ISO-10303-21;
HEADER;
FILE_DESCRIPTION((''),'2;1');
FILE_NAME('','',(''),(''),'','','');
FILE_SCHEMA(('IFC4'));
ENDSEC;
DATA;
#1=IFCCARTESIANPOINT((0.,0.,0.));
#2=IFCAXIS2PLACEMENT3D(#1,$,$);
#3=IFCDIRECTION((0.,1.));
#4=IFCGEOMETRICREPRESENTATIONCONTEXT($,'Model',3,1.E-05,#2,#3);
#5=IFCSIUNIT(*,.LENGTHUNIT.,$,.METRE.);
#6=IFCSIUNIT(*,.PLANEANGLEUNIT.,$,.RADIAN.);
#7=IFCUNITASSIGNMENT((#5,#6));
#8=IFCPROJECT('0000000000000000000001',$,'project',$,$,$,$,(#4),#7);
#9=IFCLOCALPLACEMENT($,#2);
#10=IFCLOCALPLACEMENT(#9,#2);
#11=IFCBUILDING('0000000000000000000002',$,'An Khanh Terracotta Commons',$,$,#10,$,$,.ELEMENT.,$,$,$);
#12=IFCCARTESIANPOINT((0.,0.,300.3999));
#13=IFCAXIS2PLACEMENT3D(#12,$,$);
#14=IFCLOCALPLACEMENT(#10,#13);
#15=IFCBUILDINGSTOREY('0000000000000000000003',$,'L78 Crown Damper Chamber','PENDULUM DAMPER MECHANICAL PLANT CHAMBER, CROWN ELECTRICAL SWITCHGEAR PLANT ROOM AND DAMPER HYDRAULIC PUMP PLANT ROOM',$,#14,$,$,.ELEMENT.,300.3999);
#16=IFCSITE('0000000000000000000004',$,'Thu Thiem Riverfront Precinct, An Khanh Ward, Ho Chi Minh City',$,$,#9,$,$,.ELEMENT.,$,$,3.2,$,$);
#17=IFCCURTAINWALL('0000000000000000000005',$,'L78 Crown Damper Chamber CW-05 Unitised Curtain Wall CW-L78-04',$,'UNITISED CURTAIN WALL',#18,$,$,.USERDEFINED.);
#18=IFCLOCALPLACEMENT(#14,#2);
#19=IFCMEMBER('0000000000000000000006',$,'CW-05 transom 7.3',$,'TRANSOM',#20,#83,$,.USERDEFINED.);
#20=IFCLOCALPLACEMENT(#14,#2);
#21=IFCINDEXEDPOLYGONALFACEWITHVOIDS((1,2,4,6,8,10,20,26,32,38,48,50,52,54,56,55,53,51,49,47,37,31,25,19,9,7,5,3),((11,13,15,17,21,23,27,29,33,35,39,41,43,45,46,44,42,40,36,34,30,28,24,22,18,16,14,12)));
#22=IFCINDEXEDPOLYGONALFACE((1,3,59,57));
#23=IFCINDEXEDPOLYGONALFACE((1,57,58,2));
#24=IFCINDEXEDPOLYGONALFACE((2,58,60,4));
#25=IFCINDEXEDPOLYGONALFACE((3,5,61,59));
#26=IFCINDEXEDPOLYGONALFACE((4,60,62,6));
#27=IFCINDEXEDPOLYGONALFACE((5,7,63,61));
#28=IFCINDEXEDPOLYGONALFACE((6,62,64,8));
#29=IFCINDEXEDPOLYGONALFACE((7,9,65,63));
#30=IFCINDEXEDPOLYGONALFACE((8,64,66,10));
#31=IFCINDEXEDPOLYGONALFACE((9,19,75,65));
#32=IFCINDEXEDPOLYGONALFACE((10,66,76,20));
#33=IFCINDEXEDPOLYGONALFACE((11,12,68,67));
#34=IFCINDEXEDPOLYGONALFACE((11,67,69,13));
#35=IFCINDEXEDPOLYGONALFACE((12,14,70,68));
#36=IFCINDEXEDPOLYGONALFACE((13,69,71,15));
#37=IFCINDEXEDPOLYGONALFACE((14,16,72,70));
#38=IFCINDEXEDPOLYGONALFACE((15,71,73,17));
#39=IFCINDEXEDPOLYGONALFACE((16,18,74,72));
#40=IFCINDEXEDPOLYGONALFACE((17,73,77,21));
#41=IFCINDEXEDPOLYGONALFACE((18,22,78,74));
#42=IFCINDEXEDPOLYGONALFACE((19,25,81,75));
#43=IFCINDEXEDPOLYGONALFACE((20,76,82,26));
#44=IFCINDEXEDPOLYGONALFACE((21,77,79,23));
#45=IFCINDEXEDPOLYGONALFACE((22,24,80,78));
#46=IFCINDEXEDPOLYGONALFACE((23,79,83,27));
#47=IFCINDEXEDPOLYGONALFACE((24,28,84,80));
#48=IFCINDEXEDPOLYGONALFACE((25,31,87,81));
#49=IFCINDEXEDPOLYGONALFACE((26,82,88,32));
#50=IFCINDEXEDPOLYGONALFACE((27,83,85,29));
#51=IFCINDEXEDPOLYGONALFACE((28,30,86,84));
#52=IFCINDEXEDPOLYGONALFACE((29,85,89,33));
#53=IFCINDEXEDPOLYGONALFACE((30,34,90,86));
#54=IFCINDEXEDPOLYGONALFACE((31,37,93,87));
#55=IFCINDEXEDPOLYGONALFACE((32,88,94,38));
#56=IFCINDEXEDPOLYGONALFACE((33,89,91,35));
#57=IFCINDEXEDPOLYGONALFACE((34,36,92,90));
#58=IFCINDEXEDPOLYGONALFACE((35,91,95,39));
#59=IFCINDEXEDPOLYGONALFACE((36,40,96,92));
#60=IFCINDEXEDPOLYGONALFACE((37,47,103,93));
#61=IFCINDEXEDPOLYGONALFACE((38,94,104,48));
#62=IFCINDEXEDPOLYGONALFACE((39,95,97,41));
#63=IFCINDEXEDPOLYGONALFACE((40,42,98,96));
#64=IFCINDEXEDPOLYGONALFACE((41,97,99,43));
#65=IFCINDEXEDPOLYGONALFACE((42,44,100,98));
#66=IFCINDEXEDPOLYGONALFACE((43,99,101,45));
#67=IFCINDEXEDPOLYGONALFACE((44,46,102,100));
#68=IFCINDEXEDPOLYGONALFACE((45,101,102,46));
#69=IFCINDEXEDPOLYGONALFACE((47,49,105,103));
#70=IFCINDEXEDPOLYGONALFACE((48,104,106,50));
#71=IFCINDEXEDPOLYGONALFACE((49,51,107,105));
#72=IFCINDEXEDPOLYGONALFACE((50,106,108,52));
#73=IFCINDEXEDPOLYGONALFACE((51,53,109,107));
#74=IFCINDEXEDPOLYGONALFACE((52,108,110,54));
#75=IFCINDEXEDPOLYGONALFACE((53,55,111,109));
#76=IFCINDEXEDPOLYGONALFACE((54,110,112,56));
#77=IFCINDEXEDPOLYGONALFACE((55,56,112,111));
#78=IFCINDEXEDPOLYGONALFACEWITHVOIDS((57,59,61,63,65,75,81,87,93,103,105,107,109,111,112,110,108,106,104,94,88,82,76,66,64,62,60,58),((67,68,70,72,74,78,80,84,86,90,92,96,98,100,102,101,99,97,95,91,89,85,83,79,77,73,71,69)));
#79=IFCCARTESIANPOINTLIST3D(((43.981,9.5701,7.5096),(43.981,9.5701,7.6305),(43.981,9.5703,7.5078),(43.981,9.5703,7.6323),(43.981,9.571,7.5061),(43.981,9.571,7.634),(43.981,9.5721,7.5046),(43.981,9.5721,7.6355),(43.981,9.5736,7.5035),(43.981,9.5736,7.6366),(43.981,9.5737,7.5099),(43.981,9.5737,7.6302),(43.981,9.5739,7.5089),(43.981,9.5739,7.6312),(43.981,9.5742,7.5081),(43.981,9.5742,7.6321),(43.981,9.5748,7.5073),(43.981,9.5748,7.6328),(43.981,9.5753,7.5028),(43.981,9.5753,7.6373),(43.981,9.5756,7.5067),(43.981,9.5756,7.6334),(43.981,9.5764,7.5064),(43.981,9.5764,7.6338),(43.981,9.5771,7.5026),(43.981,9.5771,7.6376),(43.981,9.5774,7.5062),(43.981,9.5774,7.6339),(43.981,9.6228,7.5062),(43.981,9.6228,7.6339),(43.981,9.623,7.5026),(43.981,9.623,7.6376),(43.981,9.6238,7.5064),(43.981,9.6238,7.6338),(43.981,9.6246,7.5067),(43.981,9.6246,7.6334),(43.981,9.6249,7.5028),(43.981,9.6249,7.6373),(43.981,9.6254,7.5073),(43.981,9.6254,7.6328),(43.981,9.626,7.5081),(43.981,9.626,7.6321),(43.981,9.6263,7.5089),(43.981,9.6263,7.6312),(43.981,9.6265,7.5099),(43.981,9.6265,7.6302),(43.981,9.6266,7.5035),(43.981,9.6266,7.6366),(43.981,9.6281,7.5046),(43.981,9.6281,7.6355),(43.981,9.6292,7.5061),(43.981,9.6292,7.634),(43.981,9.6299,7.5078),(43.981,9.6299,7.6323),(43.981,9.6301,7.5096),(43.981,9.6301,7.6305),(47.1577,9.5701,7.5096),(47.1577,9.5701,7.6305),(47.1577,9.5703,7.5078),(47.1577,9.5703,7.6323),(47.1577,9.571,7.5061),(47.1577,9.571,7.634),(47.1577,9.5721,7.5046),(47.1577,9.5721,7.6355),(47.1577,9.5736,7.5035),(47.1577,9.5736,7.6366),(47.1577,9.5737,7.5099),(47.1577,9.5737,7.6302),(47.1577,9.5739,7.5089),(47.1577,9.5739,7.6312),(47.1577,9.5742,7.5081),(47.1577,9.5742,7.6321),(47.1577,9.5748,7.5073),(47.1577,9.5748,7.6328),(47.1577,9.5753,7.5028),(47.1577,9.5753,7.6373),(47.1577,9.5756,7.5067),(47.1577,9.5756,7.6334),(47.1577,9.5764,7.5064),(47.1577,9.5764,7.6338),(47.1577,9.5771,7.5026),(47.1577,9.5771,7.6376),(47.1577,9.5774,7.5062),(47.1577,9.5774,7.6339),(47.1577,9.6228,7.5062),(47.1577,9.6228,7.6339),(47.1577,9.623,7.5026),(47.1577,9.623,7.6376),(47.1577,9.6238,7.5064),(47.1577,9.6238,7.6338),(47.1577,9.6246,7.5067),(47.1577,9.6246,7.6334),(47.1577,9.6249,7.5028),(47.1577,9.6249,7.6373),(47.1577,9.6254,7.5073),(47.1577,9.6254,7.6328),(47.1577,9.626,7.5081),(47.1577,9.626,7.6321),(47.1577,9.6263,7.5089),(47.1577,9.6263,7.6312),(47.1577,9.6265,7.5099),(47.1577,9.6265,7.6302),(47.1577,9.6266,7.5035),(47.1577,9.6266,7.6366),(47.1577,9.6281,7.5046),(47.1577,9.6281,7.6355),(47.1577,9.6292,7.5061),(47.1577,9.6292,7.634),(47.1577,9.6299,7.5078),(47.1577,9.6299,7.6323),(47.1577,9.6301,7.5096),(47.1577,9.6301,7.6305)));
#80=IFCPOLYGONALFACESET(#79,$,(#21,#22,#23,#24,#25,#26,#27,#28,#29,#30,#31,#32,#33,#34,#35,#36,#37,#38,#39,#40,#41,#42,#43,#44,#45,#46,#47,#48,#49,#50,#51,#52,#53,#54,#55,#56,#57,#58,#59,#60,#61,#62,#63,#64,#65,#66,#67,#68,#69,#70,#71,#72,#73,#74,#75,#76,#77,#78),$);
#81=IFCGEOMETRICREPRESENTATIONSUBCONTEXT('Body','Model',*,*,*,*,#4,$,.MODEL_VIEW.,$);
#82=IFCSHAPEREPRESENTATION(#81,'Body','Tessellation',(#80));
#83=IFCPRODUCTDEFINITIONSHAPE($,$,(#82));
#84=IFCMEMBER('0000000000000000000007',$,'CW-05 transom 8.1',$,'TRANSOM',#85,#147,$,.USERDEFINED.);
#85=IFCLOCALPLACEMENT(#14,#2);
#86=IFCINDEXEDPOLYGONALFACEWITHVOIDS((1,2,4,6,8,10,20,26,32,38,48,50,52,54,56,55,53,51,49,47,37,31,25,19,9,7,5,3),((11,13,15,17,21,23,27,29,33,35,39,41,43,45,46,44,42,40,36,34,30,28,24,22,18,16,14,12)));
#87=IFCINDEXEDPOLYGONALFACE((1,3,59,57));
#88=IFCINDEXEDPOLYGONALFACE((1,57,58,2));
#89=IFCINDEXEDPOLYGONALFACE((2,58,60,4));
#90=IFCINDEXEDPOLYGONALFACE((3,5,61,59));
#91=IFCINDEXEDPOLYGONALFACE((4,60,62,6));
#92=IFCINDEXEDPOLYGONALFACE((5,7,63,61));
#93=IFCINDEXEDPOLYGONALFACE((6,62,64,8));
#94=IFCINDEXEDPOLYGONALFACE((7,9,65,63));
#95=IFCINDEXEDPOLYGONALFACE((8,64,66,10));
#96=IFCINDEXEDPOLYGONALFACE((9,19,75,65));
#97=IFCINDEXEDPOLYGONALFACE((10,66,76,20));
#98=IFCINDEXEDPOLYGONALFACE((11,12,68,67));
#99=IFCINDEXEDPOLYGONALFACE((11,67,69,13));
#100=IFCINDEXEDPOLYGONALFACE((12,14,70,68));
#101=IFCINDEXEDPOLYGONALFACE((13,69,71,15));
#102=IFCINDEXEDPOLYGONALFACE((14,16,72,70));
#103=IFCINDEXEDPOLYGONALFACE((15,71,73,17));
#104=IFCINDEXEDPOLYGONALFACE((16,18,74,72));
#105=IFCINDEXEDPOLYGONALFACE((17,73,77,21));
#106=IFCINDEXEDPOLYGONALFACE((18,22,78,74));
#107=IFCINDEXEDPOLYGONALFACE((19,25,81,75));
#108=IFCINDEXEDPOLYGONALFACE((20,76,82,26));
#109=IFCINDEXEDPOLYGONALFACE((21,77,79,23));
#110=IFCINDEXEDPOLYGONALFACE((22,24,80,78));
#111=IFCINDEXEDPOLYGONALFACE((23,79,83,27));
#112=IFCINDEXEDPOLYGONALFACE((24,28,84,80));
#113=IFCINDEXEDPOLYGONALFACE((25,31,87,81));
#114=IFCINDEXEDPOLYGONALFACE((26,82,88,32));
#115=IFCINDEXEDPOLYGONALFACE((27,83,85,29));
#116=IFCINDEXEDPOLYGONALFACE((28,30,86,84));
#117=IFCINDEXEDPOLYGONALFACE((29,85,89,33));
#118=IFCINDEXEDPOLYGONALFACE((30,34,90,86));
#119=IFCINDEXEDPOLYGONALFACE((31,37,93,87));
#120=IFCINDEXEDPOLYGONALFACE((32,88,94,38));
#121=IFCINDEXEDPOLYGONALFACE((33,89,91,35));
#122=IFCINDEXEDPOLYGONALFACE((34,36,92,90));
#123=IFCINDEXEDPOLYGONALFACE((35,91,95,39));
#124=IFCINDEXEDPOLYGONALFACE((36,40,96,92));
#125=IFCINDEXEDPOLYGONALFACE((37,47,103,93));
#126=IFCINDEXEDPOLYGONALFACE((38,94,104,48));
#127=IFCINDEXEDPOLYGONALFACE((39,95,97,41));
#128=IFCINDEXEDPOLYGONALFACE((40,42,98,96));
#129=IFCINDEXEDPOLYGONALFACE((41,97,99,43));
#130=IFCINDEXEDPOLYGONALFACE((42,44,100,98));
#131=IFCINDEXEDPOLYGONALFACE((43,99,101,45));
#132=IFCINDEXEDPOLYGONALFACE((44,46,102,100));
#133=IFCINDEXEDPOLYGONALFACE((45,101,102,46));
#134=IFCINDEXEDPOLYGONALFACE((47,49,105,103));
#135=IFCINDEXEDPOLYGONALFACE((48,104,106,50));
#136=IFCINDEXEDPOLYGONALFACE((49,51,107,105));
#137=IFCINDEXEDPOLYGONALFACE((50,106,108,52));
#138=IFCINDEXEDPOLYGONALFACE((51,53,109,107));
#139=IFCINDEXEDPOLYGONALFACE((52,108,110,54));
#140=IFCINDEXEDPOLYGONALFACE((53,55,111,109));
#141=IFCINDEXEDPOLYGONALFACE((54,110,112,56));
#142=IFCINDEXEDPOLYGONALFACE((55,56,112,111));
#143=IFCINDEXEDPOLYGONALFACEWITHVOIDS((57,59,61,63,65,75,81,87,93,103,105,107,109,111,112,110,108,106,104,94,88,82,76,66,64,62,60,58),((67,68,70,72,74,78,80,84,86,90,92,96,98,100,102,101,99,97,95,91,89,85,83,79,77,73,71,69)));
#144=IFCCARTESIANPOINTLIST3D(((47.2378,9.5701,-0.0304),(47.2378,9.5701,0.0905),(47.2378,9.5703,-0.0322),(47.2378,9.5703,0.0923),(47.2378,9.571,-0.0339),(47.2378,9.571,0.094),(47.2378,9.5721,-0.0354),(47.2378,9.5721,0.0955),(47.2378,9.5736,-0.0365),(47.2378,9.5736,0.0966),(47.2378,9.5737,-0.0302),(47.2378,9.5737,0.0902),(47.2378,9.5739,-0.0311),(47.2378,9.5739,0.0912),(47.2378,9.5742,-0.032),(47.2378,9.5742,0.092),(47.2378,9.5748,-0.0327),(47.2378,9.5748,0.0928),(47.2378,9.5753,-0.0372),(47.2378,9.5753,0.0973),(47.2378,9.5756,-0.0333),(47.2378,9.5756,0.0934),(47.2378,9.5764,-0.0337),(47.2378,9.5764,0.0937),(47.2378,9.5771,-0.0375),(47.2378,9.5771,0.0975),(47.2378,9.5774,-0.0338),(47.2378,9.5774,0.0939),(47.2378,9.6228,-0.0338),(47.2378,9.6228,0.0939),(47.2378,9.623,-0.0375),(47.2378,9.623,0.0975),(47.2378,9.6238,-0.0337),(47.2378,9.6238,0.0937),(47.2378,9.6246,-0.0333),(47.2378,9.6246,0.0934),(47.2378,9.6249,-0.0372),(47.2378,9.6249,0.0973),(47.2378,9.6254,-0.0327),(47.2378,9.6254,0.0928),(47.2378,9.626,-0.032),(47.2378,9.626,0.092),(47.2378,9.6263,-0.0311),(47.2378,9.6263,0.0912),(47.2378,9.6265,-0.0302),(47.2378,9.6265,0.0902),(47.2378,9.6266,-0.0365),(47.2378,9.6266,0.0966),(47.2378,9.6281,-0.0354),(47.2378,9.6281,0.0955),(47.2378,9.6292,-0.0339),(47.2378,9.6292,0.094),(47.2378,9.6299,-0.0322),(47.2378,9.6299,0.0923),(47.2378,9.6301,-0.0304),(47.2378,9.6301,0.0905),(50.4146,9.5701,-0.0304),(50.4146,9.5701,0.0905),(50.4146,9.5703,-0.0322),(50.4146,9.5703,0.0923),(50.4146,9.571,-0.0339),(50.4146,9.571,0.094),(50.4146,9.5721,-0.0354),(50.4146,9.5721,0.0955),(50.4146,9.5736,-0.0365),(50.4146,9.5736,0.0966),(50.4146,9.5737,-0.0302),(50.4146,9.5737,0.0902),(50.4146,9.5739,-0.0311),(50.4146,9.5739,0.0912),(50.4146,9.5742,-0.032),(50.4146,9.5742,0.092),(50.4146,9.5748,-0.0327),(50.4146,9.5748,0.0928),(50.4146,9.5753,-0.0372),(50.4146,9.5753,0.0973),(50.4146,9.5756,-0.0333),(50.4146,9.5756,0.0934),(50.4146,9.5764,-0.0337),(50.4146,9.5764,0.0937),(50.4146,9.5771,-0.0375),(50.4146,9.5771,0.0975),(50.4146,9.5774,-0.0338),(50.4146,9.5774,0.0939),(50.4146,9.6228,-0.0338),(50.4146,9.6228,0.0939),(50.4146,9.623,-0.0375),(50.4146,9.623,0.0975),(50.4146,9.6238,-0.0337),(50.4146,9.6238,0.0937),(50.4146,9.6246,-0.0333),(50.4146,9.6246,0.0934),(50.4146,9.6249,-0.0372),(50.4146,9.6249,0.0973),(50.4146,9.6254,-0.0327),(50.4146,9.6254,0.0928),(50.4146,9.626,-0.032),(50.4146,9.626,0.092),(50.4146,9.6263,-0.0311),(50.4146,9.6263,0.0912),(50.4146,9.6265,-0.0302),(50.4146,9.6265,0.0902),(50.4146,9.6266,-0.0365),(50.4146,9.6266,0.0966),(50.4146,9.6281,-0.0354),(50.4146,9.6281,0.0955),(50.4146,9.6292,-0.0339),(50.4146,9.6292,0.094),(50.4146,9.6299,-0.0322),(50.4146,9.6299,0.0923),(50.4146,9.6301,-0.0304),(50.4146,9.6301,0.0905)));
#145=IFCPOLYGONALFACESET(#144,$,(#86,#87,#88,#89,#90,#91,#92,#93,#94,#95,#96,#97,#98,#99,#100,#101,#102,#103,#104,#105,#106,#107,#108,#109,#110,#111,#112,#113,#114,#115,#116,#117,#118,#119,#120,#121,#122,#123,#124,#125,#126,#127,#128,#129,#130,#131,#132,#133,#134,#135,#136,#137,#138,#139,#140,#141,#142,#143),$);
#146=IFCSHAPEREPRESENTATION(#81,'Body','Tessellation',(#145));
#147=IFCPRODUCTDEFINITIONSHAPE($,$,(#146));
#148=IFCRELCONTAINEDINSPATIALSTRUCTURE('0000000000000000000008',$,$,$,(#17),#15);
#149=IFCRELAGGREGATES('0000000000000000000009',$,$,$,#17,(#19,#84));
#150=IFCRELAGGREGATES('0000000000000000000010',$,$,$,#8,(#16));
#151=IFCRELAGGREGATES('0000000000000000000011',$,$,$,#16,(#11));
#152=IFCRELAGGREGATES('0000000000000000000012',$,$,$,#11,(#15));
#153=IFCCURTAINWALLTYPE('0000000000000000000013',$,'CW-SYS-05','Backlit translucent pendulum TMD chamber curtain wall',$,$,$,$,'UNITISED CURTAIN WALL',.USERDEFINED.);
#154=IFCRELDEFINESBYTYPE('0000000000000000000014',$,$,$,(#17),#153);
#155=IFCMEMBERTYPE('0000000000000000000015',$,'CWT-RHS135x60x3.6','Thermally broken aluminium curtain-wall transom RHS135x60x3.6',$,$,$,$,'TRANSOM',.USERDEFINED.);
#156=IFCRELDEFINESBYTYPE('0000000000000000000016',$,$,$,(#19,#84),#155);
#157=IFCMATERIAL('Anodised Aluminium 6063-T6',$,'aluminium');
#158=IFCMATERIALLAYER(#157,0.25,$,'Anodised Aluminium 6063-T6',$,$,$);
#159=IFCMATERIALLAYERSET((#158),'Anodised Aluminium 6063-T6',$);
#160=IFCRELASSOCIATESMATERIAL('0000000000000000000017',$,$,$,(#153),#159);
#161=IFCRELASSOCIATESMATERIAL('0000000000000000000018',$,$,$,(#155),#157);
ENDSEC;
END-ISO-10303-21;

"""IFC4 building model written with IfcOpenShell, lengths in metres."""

from ifc_helpers import new_model, si_unit, direction, frame, origin, origin_2d, place, context, subcontext, project, spatial, hollow_rectangle, extrude, material, layer, layer_set, material_profile, profile_set, type_object, element, aggregate, save


model = new_model("IFC4")

# Units and contexts
model_context = context("Model", 3, precision=1e-05, world=origin(), true_north=direction((0.0, 1.0)))
body_context = subcontext(model_context, "Body", "Model", "MODEL_VIEW")
ifc_project = project(units=[si_unit("LENGTHUNIT", "METRE"), si_unit("PLANEANGLEUNIT", "RADIAN")], contexts=[model_context])

# Site, building, storey
site_placement = place(None, origin())
site = spatial("IfcSite", under=ifc_project, at=site_placement, Name="Thu Thiem Riverfront Precinct, An Khanh Ward, Ho Chi Minh City", CompositionType="ELEMENT", RefElevation=3.2)
building_placement = place(site_placement, origin())
building = spatial("IfcBuilding", under=site, at=building_placement, Name="An Khanh Terracotta Commons", CompositionType="ELEMENT")
storey_placement = place(building_placement, frame((0.0, 0.0, 300.3999)))
storey = spatial("IfcBuildingStorey", under=building, at=storey_placement, Name="L78 Crown Damper Chamber", Description="PENDULUM DAMPER MECHANICAL PLANT CHAMBER, CROWN ELECTRICAL SWITCHGEAR PLANT ROOM AND DAMPER HYDRAULIC PUMP PLANT ROOM", CompositionType="ELEMENT", Elevation=300.3999)

# Curtain wall, members
ifc_material_1 = material(Name="Anodised Aluminium 6063-T6", Category="aluminium")
ifc_layer_1 = layer(ifc_material_1, 0.25, Name="Anodised Aluminium 6063-T6")
ifc_layer_set_1 = layer_set([ifc_layer_1], Name="Anodised Aluminium 6063-T6")
curtain_wall_type = type_object("IfcCurtainWallType", Name="CW-SYS-05", Description="Backlit translucent pendulum TMD chamber curtain wall", ElementType="UNITISED CURTAIN WALL", PredefinedType="USERDEFINED", material=ifc_layer_set_1)
curtain_wall_placement = place(storey_placement, origin())
curtain_wall = element("IfcCurtainWall", 1, at=curtain_wall_placement, inside=storey, type_object=curtain_wall_type, Name="L78 Crown Damper Chamber CW-05 Unitised Curtain Wall CW-L78-04", ObjectType="UNITISED CURTAIN WALL", PredefinedType="USERDEFINED")
ifc_material_profile_1 = material_profile(ifc_material_1, hollow_rectangle(XDim=0.0601, YDim=0.135, WallThickness=0.0037, InnerFilletRadius=0.0037, OuterFilletRadius=0.0071, at=origin_2d()), Name="RHS135x60x3.6")
ifc_profile_set_1 = profile_set([ifc_material_profile_1], Name="Anodised Aluminium 6063-T6")
member_type_1 = type_object("IfcMemberType", Name="CWT-RHS135x60x3.6", Description="Thermally broken aluminium curtain-wall transom RHS135x60x3.6", ElementType="TRANSOM", PredefinedType="USERDEFINED", material=ifc_profile_set_1)
member_1_placement = place(storey_placement, frame((43.981, 9.6001, 7.5701), z_axis=(1.0, 0.0, 0.0), x_axis=(0.0, 1.0, 0.0)))
member_1 = element("IfcMember", 2, at=member_1_placement, type_object=member_type_1, Name="CW-05 transom 7.3", ObjectType="TRANSOM", PredefinedType="USERDEFINED", context=body_context, shape_type="SweptSolid", body=[
    extrude(hollow_rectangle(XDim=0.0601, YDim=0.135, WallThickness=0.0037, InnerFilletRadius=0.0037, OuterFilletRadius=0.0071, at=origin_2d()), origin(), (0.0, 0.0, 1.0), 3.1768),
])
member_2_placement = place(storey_placement, frame((47.2378, 9.6001, 0.03), z_axis=(1.0, 0.0, 0.0), x_axis=(0.0, 1.0, 0.0)))
member_2 = element("IfcMember", 3, at=member_2_placement, type_object=member_type_1, Name="CW-05 transom 8.1", ObjectType="TRANSOM", PredefinedType="USERDEFINED", context=body_context, shape_type="SweptSolid", body=[
    extrude(hollow_rectangle(XDim=0.0601, YDim=0.135, WallThickness=0.0037, InnerFilletRadius=0.0037, OuterFilletRadius=0.0071, at=origin_2d()), origin(), (0.0, 0.0, 1.0), 3.1768),
])

aggregate(curtain_wall, [member_1, member_2])

save(model, "model.ifc")
